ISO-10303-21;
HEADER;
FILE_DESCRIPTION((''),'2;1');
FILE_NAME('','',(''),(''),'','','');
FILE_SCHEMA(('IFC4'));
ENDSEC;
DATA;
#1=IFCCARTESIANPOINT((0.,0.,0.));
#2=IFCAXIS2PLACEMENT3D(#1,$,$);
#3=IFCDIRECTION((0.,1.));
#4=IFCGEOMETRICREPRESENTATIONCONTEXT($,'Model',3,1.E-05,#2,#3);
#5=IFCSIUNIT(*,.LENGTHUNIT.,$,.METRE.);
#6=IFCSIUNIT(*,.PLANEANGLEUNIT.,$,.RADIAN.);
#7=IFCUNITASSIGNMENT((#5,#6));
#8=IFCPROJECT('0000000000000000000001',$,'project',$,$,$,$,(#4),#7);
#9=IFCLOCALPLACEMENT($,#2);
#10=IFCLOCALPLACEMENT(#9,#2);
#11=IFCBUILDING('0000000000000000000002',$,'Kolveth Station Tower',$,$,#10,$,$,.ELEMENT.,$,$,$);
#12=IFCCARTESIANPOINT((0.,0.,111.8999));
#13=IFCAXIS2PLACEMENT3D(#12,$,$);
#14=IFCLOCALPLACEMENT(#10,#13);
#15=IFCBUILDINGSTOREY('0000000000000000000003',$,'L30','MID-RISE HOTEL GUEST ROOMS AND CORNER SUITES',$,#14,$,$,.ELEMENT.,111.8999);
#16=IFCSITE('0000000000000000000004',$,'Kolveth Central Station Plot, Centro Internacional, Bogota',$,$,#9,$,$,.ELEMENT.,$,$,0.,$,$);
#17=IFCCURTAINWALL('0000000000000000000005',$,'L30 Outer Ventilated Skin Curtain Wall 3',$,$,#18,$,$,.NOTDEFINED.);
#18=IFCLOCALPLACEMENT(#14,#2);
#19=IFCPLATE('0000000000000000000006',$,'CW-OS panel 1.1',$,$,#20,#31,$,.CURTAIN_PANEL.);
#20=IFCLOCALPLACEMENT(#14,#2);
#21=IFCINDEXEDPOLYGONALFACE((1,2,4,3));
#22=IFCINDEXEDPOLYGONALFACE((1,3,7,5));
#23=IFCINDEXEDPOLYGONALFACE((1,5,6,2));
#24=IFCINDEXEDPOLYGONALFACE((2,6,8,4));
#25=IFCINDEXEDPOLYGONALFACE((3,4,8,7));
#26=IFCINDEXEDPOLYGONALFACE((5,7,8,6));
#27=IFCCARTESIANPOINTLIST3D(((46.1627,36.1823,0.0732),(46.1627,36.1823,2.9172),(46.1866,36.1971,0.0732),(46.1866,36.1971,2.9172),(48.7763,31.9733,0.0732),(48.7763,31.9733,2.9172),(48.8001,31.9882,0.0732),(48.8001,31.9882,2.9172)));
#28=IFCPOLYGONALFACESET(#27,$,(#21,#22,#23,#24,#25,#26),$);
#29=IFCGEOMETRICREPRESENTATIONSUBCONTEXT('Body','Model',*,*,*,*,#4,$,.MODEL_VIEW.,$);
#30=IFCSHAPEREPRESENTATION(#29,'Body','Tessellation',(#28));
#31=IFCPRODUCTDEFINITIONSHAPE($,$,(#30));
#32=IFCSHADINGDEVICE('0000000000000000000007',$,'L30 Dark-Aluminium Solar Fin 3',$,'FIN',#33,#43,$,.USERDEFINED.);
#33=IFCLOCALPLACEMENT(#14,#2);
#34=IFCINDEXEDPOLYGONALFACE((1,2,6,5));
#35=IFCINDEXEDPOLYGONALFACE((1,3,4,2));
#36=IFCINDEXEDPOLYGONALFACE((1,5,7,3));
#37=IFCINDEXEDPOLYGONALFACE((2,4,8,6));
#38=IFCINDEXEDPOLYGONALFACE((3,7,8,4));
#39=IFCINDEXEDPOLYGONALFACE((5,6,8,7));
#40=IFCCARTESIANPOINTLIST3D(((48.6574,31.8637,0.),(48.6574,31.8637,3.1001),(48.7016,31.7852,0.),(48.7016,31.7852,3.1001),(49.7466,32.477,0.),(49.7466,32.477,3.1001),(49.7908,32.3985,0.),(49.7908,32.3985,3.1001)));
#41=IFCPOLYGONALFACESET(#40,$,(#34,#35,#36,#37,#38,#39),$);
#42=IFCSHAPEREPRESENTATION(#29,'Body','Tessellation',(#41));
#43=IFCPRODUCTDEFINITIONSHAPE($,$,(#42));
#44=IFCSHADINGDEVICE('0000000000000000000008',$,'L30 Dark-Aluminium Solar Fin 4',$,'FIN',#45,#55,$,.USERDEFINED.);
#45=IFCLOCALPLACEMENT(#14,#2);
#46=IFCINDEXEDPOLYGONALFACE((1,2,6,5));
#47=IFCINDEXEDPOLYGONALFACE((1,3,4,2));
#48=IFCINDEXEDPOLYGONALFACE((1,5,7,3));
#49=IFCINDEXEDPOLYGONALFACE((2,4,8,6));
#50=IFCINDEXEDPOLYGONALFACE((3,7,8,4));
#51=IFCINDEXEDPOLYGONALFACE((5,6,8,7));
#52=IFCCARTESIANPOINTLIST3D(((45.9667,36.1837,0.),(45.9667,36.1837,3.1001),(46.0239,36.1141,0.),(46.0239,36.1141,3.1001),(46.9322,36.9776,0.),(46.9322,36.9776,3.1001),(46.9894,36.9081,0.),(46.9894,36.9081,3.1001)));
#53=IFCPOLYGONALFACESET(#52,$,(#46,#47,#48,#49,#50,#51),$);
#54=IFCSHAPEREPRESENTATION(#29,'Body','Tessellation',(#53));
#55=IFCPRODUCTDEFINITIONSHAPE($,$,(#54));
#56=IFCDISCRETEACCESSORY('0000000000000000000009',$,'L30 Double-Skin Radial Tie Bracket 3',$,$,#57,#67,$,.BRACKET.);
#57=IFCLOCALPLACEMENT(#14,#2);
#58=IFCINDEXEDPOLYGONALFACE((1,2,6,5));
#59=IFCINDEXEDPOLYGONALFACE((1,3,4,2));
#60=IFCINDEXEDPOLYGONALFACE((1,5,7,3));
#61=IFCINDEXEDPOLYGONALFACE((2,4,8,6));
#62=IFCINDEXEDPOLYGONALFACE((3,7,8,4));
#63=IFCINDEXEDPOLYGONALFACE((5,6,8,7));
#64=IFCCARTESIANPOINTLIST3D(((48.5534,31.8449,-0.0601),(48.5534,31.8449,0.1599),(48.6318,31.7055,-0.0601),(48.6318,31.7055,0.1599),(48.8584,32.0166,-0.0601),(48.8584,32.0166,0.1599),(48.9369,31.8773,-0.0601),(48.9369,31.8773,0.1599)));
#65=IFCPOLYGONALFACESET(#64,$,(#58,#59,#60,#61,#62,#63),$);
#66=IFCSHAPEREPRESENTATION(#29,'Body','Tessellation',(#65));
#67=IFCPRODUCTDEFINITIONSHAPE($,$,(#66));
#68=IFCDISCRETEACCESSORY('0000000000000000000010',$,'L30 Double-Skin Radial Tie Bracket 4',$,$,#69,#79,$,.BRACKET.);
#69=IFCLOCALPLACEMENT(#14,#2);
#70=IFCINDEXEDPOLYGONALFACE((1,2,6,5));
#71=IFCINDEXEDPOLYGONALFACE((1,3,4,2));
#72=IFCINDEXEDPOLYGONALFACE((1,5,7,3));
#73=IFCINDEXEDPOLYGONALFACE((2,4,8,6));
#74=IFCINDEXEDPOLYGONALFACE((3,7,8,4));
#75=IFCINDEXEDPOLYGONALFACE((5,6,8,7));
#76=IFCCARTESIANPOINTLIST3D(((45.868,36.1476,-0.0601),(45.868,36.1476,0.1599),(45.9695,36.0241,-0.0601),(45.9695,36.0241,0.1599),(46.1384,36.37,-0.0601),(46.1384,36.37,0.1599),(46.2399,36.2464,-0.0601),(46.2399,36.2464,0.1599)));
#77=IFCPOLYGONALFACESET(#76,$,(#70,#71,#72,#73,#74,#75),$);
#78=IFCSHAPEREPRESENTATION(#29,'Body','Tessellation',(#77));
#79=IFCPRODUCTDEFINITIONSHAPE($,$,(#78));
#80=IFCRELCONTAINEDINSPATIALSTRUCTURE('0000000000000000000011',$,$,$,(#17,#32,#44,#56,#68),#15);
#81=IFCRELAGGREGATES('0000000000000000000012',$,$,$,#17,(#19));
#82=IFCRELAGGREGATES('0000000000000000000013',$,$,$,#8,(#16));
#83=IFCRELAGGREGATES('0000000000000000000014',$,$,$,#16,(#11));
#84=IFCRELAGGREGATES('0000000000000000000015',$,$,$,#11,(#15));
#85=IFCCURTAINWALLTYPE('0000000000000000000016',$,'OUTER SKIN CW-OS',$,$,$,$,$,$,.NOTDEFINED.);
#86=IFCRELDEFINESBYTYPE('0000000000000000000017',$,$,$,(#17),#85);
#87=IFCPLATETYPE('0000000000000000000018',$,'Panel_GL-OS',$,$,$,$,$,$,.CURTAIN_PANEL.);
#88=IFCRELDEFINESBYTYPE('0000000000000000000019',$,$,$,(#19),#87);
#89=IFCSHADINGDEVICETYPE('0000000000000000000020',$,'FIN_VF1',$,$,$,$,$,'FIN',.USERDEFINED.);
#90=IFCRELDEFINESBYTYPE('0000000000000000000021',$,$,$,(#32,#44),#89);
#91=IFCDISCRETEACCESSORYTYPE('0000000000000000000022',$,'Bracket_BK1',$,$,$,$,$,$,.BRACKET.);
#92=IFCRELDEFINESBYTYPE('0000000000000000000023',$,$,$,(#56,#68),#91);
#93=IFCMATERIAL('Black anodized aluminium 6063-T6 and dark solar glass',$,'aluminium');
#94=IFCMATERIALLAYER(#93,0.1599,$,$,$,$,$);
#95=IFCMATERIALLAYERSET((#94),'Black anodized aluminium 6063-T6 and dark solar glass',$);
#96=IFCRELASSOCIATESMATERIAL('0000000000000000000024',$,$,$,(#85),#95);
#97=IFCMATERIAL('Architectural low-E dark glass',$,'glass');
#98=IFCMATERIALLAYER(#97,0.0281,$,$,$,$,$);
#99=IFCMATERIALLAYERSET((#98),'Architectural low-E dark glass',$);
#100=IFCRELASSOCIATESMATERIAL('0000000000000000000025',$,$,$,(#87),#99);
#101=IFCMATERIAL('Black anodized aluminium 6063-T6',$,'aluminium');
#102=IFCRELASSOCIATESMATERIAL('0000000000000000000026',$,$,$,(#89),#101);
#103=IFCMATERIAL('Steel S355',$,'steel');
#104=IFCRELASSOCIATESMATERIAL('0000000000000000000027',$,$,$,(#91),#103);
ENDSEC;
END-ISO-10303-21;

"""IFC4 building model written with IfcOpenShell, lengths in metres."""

from ifc_helpers import new_model, si_unit, direction, frame, origin, origin_2d, place, context, subcontext, project, spatial, rectangle, extrude, source, transform, mapped, material, layer, layer_set, type_object, element, aggregate, save


model = new_model("IFC4")

# Units and contexts
model_context = context("Model", 3, precision=1e-05, world=origin(), true_north=direction((0.0, 1.0)))
body_context = subcontext(model_context, "Body", "Model", "MODEL_VIEW")
ifc_project = project(units=[si_unit("LENGTHUNIT", "METRE"), si_unit("PLANEANGLEUNIT", "RADIAN")], contexts=[model_context])

# Site, building, storey
site_placement = place(None, origin())
site = spatial("IfcSite", under=ifc_project, at=site_placement, Name="Kolveth Central Station Plot, Centro Internacional, Bogota", CompositionType="ELEMENT", RefElevation=0.0)
building_placement = place(site_placement, origin())
building = spatial("IfcBuilding", under=site, at=building_placement, Name="Kolveth Station Tower", CompositionType="ELEMENT")
storey_placement = place(building_placement, frame((0.0, 0.0, 111.8999)))
storey = spatial("IfcBuildingStorey", under=building, at=storey_placement, Name="L30", Description="MID-RISE HOTEL GUEST ROOMS AND CORNER SUITES", CompositionType="ELEMENT", Elevation=111.8999)

# Shared definitions
ifc_material_1 = material(Name="Black anodized aluminium 6063-T6", Category="aluminium")

# Shared definitions
ifc_material_2 = material(Name="Black anodized aluminium 6063-T6 and dark solar glass", Category="aluminium")
ifc_layer_1 = layer(ifc_material_2, 0.1599)
ifc_layer_set_1 = layer_set([ifc_layer_1], Name="Black anodized aluminium 6063-T6 and dark solar glass")
curtain_wall_type_1 = type_object("IfcCurtainWallType", Name="OUTER SKIN CW-OS", PredefinedType="NOTDEFINED", material=ifc_layer_set_1)

# Curtain wall
curtain_wall_1_placement = place(storey_placement, origin())
curtain_wall_1 = element("IfcCurtainWall", 1, at=curtain_wall_1_placement, inside=storey, type_object=curtain_wall_type_1, Name="L30 Outer Ventilated Skin Curtain Wall 3", PredefinedType="NOTDEFINED")

# Plate
ifc_material_3 = material(Name="Architectural low-E dark glass", Category="glass")
ifc_layer_2 = layer(ifc_material_3, 0.0281)
ifc_layer_set_2 = layer_set([ifc_layer_2], Name="Architectural low-E dark glass")
plate_type_1 = type_object("IfcPlateType", Name="Panel_GL-OS", PredefinedType="CURTAIN_PANEL", material=ifc_layer_set_2)
shared_shape_1 = source(origin(), body_context, "Body", "SweptSolid", [
    extrude(rectangle(XDim=4.9543, YDim=0.0281, at=origin_2d()), origin(), (0.0, 0.0, 1.0), 2.844),
])
plate_1_placement = place(storey_placement, frame((47.4814, 34.0852, 0.0732), z_axis=(0.0, 0.0, 1.0), x_axis=(-0.527527, 0.849538, 0.0)))
plate_1 = element("IfcPlate", 2, at=plate_1_placement, type_object=plate_type_1, Name="CW-OS panel 1.1", PredefinedType="CURTAIN_PANEL", context=body_context, shape_type="MappedRepresentation", body=[
    mapped(shared_shape_1, transform((0.0, 0.0, 0.0), x_axis=(1.0, 0.0, 0.0), y_axis=(0.0, 1.0, 0.0), z_axis=(0.0, 0.0, 1.0), scale=1.0)),
])
aggregate(curtain_wall_1, [plate_1])

# Shading devices
shading_device_type = type_object("IfcShadingDeviceType", Name="FIN_VF1", ElementType="FIN", PredefinedType="USERDEFINED", material=ifc_material_1)
shared_shape_2 = source(origin(), body_context, "Body", "SweptSolid", [
    extrude(rectangle(XDim=1.25, YDim=0.0901, at=origin_2d()), origin(), (0.0, 0.0, 1.0), 3.1001),
])
for number, where, z_axis, x_axis, name in (
    (3, (49.2241, 32.1311, 0.0), (0.0, 0.0, 1.0), (0.871385, 0.4906, 0.0), "L30 Dark-Aluminium Solar Fin 3"),
    (4, (46.478, 36.5459, 0.0), (0.0, 0.0, 1.0), (0.772401, 0.635135, 0.0), "L30 Dark-Aluminium Solar Fin 4"),
):
    element("IfcShadingDevice", number, at=place(storey_placement, frame(where, z_axis=z_axis, x_axis=x_axis)), inside=storey, type_object=shading_device_type, Name=name, ObjectType="FIN", PredefinedType="USERDEFINED", context=body_context, shape_type="MappedRepresentation", body=[
        mapped(shared_shape_2, transform((0.0, 0.0, 0.0), x_axis=(1.0, 0.0, 0.0), y_axis=(0.0, 1.0, 0.0), z_axis=(0.0, 0.0, 1.0), scale=1.0)),
    ])

# Discrete accessories
ifc_material_4 = material(Name="Steel S355", Category="steel")
discrete_accessory_type = type_object("IfcDiscreteAccessoryType", Name="Bracket_BK1", PredefinedType="BRACKET", material=ifc_material_4)
shared_shape_3 = source(origin(), body_context, "Body", "SweptSolid", [
    extrude(rectangle(XDim=0.3501, YDim=0.1599, at=origin_2d()), origin(), (0.0, 0.0, 1.0), 0.22),
])
for number, where, z_axis, x_axis, name in (
    (5, (48.7451, 31.8611, -0.0601), (0.0, 0.0, 1.0), (0.871385, 0.4906, 0.0), "L30 Double-Skin Radial Tie Bracket 3"),
    (6, (46.054, 36.197, -0.0601), (0.0, 0.0, 1.0), (0.772401, 0.635135, 0.0), "L30 Double-Skin Radial Tie Bracket 4"),
):
    element("IfcDiscreteAccessory", number, at=place(storey_placement, frame(where, z_axis=z_axis, x_axis=x_axis)), inside=storey, type_object=discrete_accessory_type, Name=name, PredefinedType="BRACKET", context=body_context, shape_type="MappedRepresentation", body=[
        mapped(shared_shape_3, transform((0.0, 0.0, 0.0), x_axis=(1.0, 0.0, 0.0), y_axis=(0.0, 1.0, 0.0), z_axis=(0.0, 0.0, 1.0), scale=1.0)),
    ])

save(model, "model.ifc")
